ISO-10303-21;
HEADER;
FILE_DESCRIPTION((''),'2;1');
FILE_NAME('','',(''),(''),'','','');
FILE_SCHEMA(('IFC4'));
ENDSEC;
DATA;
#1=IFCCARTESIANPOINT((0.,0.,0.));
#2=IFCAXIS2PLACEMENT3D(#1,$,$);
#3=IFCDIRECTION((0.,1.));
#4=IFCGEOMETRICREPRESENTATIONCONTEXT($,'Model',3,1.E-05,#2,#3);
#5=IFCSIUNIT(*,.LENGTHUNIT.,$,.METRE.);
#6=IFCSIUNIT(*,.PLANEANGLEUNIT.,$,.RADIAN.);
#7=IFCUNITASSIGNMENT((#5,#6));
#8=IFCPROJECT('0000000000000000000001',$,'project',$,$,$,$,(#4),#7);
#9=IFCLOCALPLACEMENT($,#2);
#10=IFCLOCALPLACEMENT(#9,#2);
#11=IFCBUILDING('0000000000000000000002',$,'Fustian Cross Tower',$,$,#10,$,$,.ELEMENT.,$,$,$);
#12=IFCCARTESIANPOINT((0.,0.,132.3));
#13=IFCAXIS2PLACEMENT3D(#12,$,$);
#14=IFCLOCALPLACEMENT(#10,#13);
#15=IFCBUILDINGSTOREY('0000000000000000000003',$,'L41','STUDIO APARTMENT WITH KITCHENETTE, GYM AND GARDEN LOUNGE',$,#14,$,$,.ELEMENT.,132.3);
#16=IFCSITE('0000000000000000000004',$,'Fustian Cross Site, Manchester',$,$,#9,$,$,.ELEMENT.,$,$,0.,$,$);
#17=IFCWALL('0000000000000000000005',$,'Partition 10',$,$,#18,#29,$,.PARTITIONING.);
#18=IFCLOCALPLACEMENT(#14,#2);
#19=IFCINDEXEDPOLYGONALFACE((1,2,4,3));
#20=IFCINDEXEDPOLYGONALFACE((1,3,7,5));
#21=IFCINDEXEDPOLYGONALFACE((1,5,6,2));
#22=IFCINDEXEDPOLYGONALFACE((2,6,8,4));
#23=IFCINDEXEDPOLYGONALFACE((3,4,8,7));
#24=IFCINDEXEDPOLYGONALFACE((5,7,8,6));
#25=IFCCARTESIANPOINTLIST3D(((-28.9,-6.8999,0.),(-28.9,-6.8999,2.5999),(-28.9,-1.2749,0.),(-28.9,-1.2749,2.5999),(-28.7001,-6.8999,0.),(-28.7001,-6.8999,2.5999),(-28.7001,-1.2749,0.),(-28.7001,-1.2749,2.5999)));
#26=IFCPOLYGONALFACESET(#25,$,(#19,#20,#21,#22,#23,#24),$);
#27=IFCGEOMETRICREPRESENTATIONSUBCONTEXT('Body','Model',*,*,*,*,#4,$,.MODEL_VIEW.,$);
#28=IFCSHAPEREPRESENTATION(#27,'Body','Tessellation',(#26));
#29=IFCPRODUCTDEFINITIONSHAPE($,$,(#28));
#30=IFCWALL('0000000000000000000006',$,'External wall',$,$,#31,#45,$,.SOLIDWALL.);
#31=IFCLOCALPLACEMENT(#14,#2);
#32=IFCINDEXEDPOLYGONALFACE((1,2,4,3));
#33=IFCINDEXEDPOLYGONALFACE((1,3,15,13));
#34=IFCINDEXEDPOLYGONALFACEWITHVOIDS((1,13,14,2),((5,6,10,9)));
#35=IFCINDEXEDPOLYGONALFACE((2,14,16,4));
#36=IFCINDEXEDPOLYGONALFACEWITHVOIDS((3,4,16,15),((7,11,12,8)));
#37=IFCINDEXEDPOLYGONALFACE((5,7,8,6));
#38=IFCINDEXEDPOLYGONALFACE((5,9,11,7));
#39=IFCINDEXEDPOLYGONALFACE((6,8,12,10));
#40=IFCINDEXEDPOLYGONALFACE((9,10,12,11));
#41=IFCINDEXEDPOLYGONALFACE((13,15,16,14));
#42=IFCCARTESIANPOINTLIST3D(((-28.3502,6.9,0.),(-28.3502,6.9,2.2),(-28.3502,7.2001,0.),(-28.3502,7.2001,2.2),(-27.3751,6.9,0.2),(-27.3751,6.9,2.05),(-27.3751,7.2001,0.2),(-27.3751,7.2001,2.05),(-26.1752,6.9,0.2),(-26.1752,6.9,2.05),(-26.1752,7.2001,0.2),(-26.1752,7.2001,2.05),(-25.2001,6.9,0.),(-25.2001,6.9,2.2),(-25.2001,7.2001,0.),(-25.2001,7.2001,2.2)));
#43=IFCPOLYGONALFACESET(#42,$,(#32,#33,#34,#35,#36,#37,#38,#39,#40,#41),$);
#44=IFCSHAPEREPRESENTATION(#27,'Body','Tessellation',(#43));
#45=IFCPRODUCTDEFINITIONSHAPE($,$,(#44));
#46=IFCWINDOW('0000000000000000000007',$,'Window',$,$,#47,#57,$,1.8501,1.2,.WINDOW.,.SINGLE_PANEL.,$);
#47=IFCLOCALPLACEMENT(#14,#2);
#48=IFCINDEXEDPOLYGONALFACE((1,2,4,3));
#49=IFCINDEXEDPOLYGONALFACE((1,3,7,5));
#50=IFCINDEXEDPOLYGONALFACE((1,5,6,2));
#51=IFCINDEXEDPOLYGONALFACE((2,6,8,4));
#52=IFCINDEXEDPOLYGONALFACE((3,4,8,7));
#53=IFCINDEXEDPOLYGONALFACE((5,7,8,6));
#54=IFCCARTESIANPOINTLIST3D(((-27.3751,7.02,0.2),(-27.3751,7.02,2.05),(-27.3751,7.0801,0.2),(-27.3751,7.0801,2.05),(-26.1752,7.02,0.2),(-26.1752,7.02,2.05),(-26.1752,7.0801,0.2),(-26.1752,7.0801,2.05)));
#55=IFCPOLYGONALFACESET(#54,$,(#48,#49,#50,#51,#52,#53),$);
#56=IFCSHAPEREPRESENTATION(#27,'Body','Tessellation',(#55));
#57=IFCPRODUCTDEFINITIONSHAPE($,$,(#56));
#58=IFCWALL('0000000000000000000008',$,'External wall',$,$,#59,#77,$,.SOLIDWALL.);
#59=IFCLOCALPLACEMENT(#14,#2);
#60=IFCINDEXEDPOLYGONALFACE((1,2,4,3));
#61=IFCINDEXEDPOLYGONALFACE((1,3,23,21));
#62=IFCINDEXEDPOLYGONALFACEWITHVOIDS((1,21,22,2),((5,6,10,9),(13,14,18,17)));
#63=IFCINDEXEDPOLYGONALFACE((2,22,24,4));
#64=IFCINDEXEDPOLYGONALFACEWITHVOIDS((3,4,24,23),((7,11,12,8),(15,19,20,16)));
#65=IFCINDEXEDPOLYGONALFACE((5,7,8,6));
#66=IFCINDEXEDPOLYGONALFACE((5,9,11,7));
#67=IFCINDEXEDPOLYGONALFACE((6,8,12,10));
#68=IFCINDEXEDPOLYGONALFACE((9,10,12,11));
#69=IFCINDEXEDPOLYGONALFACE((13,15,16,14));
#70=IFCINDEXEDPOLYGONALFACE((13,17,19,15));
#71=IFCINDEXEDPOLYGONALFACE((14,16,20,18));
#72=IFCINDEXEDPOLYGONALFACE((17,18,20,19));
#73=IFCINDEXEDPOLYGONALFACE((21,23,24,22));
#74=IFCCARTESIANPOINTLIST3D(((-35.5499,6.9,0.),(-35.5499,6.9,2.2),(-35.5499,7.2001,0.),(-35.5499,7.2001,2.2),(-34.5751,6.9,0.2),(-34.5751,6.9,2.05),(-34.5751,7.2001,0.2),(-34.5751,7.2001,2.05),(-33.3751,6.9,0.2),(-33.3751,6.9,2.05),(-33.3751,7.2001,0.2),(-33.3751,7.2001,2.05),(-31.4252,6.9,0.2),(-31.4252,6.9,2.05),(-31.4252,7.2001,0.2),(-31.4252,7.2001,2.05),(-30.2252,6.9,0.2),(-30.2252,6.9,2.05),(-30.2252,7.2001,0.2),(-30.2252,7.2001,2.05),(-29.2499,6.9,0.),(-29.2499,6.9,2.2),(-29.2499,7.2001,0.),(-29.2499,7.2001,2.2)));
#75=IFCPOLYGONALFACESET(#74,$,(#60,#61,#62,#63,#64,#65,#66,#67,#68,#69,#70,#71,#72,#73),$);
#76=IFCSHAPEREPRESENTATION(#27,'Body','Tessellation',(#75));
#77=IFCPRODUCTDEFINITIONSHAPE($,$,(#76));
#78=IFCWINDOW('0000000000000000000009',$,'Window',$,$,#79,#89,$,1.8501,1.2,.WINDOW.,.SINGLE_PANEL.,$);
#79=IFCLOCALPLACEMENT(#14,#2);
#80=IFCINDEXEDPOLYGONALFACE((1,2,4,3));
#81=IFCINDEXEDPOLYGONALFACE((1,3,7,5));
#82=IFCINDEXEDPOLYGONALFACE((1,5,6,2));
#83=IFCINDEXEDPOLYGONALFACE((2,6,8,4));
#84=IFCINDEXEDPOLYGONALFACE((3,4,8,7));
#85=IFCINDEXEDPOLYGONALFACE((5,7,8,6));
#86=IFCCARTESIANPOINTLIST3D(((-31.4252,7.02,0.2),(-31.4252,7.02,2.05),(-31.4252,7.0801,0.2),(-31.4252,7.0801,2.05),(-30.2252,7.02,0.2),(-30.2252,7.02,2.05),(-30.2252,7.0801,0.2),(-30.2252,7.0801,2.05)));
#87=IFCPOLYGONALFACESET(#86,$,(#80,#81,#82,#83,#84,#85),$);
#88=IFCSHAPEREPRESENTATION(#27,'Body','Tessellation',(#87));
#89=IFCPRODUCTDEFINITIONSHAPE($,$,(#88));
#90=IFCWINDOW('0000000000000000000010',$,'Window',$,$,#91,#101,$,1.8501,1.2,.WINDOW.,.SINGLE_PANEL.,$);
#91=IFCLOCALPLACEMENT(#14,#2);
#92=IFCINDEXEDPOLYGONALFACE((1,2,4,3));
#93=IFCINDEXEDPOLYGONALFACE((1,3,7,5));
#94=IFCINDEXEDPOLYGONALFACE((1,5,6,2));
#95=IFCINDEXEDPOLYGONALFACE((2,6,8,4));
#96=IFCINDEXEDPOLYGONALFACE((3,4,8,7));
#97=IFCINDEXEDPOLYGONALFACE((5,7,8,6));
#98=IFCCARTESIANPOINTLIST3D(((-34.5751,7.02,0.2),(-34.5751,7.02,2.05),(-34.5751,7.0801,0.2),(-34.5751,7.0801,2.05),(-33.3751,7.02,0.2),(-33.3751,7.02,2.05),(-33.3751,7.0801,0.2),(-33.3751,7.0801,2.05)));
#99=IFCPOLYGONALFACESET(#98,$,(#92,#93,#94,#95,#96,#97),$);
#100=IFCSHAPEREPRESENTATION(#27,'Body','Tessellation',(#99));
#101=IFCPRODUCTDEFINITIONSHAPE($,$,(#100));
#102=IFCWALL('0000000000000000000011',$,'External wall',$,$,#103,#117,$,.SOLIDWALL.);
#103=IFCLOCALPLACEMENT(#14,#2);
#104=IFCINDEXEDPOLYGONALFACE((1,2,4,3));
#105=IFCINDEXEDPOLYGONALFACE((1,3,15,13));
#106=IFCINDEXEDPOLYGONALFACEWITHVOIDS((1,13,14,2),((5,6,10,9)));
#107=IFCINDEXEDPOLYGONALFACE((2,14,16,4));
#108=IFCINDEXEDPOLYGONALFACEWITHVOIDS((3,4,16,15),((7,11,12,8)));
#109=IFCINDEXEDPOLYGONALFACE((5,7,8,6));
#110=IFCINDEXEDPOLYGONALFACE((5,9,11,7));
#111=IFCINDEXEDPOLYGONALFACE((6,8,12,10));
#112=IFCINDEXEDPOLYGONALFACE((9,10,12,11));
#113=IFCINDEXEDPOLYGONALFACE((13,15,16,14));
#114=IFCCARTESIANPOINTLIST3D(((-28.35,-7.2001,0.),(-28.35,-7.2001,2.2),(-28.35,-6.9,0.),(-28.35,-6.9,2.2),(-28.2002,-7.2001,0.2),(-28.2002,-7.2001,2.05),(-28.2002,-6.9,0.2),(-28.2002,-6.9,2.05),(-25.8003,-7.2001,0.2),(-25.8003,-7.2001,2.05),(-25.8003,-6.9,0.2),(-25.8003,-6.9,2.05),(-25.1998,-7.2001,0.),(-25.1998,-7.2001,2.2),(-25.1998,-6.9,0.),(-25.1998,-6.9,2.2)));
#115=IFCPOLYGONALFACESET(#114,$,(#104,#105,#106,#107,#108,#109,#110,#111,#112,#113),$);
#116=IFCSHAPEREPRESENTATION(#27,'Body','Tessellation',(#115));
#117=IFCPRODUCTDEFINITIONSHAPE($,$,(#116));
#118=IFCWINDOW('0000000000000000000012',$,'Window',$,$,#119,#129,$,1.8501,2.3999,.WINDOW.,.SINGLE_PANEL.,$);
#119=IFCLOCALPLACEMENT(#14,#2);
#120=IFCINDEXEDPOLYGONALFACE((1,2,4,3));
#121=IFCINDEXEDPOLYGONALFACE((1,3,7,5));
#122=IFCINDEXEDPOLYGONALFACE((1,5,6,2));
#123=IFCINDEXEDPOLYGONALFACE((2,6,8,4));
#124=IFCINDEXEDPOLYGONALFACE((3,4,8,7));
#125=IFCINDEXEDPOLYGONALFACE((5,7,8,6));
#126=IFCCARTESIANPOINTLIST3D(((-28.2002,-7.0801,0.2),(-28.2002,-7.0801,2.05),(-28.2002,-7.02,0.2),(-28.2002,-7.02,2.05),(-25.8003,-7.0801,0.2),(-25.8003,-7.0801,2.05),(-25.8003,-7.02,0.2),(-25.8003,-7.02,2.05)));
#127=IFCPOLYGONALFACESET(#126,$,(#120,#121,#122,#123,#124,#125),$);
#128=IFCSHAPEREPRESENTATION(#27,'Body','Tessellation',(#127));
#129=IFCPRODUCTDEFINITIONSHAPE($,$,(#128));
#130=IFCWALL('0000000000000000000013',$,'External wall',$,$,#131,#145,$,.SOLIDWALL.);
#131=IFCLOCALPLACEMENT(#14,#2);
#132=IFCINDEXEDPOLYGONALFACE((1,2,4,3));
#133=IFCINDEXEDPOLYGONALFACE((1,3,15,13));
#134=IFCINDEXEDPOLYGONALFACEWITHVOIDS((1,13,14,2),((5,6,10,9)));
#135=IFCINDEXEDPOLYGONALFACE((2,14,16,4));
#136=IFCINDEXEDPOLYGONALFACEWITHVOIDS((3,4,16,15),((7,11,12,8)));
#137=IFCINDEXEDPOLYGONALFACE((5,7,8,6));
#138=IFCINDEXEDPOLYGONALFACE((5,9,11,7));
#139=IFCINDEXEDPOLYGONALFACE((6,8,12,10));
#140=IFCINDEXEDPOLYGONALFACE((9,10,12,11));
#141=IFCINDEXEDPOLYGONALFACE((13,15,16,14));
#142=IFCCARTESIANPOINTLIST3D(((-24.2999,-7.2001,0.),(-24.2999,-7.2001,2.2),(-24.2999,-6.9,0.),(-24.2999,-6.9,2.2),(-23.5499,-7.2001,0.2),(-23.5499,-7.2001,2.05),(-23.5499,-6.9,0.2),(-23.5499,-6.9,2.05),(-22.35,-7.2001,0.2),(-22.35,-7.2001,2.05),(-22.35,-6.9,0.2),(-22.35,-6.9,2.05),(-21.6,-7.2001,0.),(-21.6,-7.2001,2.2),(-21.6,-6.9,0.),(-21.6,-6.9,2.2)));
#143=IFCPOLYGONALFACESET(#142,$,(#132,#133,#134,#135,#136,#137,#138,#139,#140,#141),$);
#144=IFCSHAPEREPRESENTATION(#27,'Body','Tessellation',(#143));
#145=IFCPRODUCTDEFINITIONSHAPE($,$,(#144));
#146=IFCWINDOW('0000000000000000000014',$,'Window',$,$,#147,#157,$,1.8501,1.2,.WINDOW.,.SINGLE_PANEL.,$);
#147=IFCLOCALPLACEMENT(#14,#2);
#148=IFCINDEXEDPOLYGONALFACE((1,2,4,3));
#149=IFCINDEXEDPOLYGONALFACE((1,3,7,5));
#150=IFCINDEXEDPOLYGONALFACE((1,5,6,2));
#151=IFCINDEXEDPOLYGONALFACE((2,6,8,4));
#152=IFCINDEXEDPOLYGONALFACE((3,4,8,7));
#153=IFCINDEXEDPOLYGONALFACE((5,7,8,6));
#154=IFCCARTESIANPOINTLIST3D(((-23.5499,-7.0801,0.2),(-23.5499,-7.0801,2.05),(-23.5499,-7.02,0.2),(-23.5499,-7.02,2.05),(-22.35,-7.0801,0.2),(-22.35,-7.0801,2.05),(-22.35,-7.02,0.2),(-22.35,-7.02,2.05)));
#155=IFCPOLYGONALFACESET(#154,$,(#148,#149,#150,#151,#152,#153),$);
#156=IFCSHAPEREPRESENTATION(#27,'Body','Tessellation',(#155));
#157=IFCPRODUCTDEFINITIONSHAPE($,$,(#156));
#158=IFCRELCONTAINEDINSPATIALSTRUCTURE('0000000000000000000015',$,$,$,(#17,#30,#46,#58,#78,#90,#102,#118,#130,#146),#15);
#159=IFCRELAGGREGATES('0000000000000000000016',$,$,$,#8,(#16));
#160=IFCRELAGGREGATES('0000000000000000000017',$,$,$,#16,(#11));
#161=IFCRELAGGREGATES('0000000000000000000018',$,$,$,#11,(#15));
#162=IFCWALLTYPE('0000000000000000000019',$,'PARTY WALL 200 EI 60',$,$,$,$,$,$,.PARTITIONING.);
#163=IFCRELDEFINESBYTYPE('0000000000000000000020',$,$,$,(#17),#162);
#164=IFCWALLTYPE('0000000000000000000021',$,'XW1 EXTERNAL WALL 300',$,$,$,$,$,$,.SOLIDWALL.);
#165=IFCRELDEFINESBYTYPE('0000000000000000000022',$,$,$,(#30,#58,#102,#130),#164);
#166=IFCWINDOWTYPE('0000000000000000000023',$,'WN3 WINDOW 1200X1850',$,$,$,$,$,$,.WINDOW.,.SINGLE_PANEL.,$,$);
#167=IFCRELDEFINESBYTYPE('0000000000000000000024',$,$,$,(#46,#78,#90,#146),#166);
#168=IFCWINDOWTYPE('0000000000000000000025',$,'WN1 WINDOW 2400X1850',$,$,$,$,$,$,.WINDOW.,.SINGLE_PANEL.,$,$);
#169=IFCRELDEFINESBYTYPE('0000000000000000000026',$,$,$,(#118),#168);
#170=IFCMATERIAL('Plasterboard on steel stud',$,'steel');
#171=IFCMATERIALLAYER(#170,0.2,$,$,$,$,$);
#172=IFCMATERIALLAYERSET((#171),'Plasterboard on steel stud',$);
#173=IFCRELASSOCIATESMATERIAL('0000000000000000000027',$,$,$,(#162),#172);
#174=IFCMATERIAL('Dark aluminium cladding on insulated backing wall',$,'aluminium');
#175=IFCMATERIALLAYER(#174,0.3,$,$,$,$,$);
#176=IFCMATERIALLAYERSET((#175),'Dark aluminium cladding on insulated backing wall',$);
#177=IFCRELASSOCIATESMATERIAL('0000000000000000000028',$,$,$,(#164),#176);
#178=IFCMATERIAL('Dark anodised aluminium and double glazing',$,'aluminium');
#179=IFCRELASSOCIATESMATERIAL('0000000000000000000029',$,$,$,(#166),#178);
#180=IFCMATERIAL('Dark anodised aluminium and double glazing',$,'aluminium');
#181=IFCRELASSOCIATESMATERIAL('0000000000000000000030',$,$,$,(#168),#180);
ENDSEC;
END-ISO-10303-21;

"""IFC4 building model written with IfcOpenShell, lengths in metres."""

from ifc_helpers import new_model, si_unit, direction, frame, frame_2d, origin, place, context, subcontext, project, spatial, rectangle, extrude, material, layer, layer_set, type_object, element, fill, save


model = new_model("IFC4")

# Units and contexts
model_context = context("Model", 3, precision=1e-05, world=origin(), true_north=direction((0.0, 1.0)))
body_context = subcontext(model_context, "Body", "Model", "MODEL_VIEW")
ifc_project = project(units=[si_unit("LENGTHUNIT", "METRE"), si_unit("PLANEANGLEUNIT", "RADIAN")], contexts=[model_context])

# Site, building, storey
site_placement = place(None, origin())
site = spatial("IfcSite", under=ifc_project, at=site_placement, Name="Fustian Cross Site, Manchester", CompositionType="ELEMENT", RefElevation=0.0)
building_placement = place(site_placement, origin())
building = spatial("IfcBuilding", under=site, at=building_placement, Name="Fustian Cross Tower", CompositionType="ELEMENT")
storey_placement = place(building_placement, frame((0.0, 0.0, 132.3)))
storey = spatial("IfcBuildingStorey", under=building, at=storey_placement, Name="L41", Description="STUDIO APARTMENT WITH KITCHENETTE, GYM AND GARDEN LOUNGE", CompositionType="ELEMENT", Elevation=132.3)

# Wall
ifc_material_1 = material(Name="Plasterboard on steel stud", Category="steel")
ifc_layer_1 = layer(ifc_material_1, 0.2)
ifc_layer_set_1 = layer_set([ifc_layer_1], Name="Plasterboard on steel stud")
wall_type_1 = type_object("IfcWallType", Name="PARTY WALL 200 EI 60", PredefinedType="PARTITIONING", material=ifc_layer_set_1)
wall_1_placement = place(storey_placement, frame((-28.8, -6.8999, 0.0), z_axis=(0.0, 0.0, 1.0), x_axis=(0.0, 1.0, 0.0)))
element("IfcWall", 1, at=wall_1_placement, inside=storey, type_object=wall_type_1, Name="Partition 10", PredefinedType="PARTITIONING", context=body_context, shape_type="SweptSolid", body=[
    extrude(rectangle(XDim=5.625, YDim=0.2, at=frame_2d((2.8125, 0.0))), origin(), (0.0, 0.0, 1.0), 2.5999),
])

# Wall, opening, window
ifc_material_2 = material(Name="Dark aluminium cladding on insulated backing wall", Category="aluminium")
ifc_layer_2 = layer(ifc_material_2, 0.3)
ifc_layer_set_2 = layer_set([ifc_layer_2], Name="Dark aluminium cladding on insulated backing wall")
wall_type_2 = type_object("IfcWallType", Name="XW1 EXTERNAL WALL 300", PredefinedType="SOLIDWALL", material=ifc_layer_set_2)
wall_2_placement = place(storey_placement, frame((-25.2, 7.05, 0.0), z_axis=(0.0, 0.0, 1.0), x_axis=(-1.0, 0.0, 0.0)))
wall_2 = element("IfcWall", 2, at=wall_2_placement, inside=storey, type_object=wall_type_2, Name="External wall", PredefinedType="SOLIDWALL", context=body_context, shape_type="SweptSolid", body=[
    extrude(rectangle(XDim=3.1501, YDim=0.3, at=frame_2d((1.5752, 0.0))), origin(), (0.0, 0.0, 1.0), 2.2),
])
opening_1_placement = place(wall_2_placement, frame((0.9751, 0.0, 0.2)))
opening_1 = element("IfcOpeningElement", 3, at=opening_1_placement, cuts=wall_2, PredefinedType="OPENING", context=body_context, shape_type="SweptSolid", body=[
    extrude(rectangle(XDim=1.2, YDim=1.8501, at=frame_2d((0.6001, 0.925))), frame((0.0, 0.1599, 0.0), z_axis=(0.0, -1.0, 0.0), x_axis=(1.0, 0.0, 0.0)), (0.0, 0.0, 1.0), 0.3201),
])
ifc_material_3 = material(Name="Dark anodised aluminium and double glazing", Category="aluminium")
window_type_1 = type_object("IfcWindowType", Name="WN3 WINDOW 1200X1850", PartitioningType="SINGLE_PANEL", PredefinedType="WINDOW", material=ifc_material_3)
window_1_placement = place(opening_1_placement, origin())
window_1 = element("IfcWindow", 4, at=window_1_placement, inside=storey, type_object=window_type_1, Name="Window", OverallHeight=1.8501, OverallWidth=1.2, PartitioningType="SINGLE_PANEL", PredefinedType="WINDOW", context=body_context, shape_type="SweptSolid", body=[
    extrude(rectangle(XDim=1.2, YDim=1.8501, at=frame_2d((0.6001, 0.925))), frame((0.0, 0.03, 0.0), z_axis=(0.0, -1.0, 0.0), x_axis=(1.0, 0.0, 0.0)), (0.0, 0.0, 1.0), 0.0601),
])
fill(opening_1, window_1)

# Wall, openings, windows
wall_3_placement = place(storey_placement, frame((-29.25, 7.05, 0.0), z_axis=(0.0, 0.0, 1.0), x_axis=(-1.0, 0.0, 0.0)))
wall_3 = element("IfcWall", 5, at=wall_3_placement, inside=storey, type_object=wall_type_2, Name="External wall", PredefinedType="SOLIDWALL", context=body_context, shape_type="SweptSolid", body=[
    extrude(rectangle(XDim=6.3, YDim=0.3, at=frame_2d((3.1499, 0.0))), origin(), (0.0, 0.0, 1.0), 2.2),
])
opening_2_placement = place(wall_3_placement, frame((0.9751, 0.0, 0.2)))
opening_2 = element("IfcOpeningElement", 6, at=opening_2_placement, cuts=wall_3, PredefinedType="OPENING", context=body_context, shape_type="SweptSolid", body=[
    extrude(rectangle(XDim=1.2, YDim=1.8501, at=frame_2d((0.6001, 0.925))), frame((0.0, 0.1599, 0.0), z_axis=(0.0, -1.0, 0.0), x_axis=(1.0, 0.0, 0.0)), (0.0, 0.0, 1.0), 0.3201),
])
opening_3_placement = place(wall_3_placement, frame((4.125, 0.0, 0.2)))
opening_3 = element("IfcOpeningElement", 7, at=opening_3_placement, cuts=wall_3, PredefinedType="OPENING", context=body_context, shape_type="SweptSolid", body=[
    extrude(rectangle(XDim=1.2, YDim=1.8501, at=frame_2d((0.6001, 0.925))), frame((0.0, 0.1599, 0.0), z_axis=(0.0, -1.0, 0.0), x_axis=(1.0, 0.0, 0.0)), (0.0, 0.0, 1.0), 0.3201),
])
window_2_placement = place(opening_2_placement, origin())
window_2 = element("IfcWindow", 8, at=window_2_placement, inside=storey, type_object=window_type_1, Name="Window", OverallHeight=1.8501, OverallWidth=1.2, PartitioningType="SINGLE_PANEL", PredefinedType="WINDOW", context=body_context, shape_type="SweptSolid", body=[
    extrude(rectangle(XDim=1.2, YDim=1.8501, at=frame_2d((0.6001, 0.925))), frame((0.0, 0.03, 0.0), z_axis=(0.0, -1.0, 0.0), x_axis=(1.0, 0.0, 0.0)), (0.0, 0.0, 1.0), 0.0601),
])
fill(opening_2, window_2)
window_3_placement = place(opening_3_placement, origin())
window_3 = element("IfcWindow", 9, at=window_3_placement, inside=storey, type_object=window_type_1, Name="Window", OverallHeight=1.8501, OverallWidth=1.2, PartitioningType="SINGLE_PANEL", PredefinedType="WINDOW", context=body_context, shape_type="SweptSolid", body=[
    extrude(rectangle(XDim=1.2, YDim=1.8501, at=frame_2d((0.6001, 0.925))), frame((0.0, 0.03, 0.0), z_axis=(0.0, -1.0, 0.0), x_axis=(1.0, 0.0, 0.0)), (0.0, 0.0, 1.0), 0.0601),
])
fill(opening_3, window_3)

# Walls, openings, windows
wall_4_placement = place(storey_placement, frame((-28.3501, -7.05, 0.0), z_axis=(0.0, 0.0, 1.0), x_axis=(1.0, 0.0, 0.0)))
wall_4 = element("IfcWall", 10, at=wall_4_placement, inside=storey, type_object=wall_type_2, Name="External wall", PredefinedType="SOLIDWALL", context=body_context, shape_type="SweptSolid", body=[
    extrude(rectangle(XDim=3.1501, YDim=0.3, at=frame_2d((1.5752, 0.0))), origin(), (0.0, 0.0, 1.0), 2.2),
])
opening_4_placement = place(wall_4_placement, frame((0.1499, 0.0, 0.2)))
opening_4 = element("IfcOpeningElement", 11, at=opening_4_placement, cuts=wall_4, PredefinedType="OPENING", context=body_context, shape_type="SweptSolid", body=[
    extrude(rectangle(XDim=2.3999, YDim=1.8501, at=frame_2d((1.2, 0.925))), frame((0.0, 0.1599, 0.0), z_axis=(0.0, -1.0, 0.0), x_axis=(1.0, 0.0, 0.0)), (0.0, 0.0, 1.0), 0.3201),
])
ifc_material_4 = material(Name="Dark anodised aluminium and double glazing", Category="aluminium")
window_type_2 = type_object("IfcWindowType", Name="WN1 WINDOW 2400X1850", PartitioningType="SINGLE_PANEL", PredefinedType="WINDOW", material=ifc_material_4)
window_4_placement = place(opening_4_placement, origin())
window_4 = element("IfcWindow", 12, at=window_4_placement, inside=storey, type_object=window_type_2, Name="Window", OverallHeight=1.8501, OverallWidth=2.3999, PartitioningType="SINGLE_PANEL", PredefinedType="WINDOW", context=body_context, shape_type="SweptSolid", body=[
    extrude(rectangle(XDim=2.3999, YDim=1.8501, at=frame_2d((1.2, 0.925))), frame((0.0, 0.03, 0.0), z_axis=(0.0, -1.0, 0.0), x_axis=(1.0, 0.0, 0.0)), (0.0, 0.0, 1.0), 0.0601),
])
fill(opening_4, window_4)
wall_5_placement = place(storey_placement, frame((-24.3, -7.05, 0.0), z_axis=(0.0, 0.0, 1.0), x_axis=(1.0, 0.0, 0.0)))
wall_5 = element("IfcWall", 13, at=wall_5_placement, inside=storey, type_object=wall_type_2, Name="External wall", PredefinedType="SOLIDWALL", context=body_context, shape_type="SweptSolid", body=[
    extrude(rectangle(XDim=2.7, YDim=0.3, at=frame_2d((1.3501, 0.0))), origin(), (0.0, 0.0, 1.0), 2.2),
])
opening_5_placement = place(wall_5_placement, frame((0.75, 0.0, 0.2)))
opening_5 = element("IfcOpeningElement", 14, at=opening_5_placement, cuts=wall_5, PredefinedType="OPENING", context=body_context, shape_type="SweptSolid", body=[
    extrude(rectangle(XDim=1.2, YDim=1.8501, at=frame_2d((0.6001, 0.925))), frame((0.0, 0.1599, 0.0), z_axis=(0.0, -1.0, 0.0), x_axis=(1.0, 0.0, 0.0)), (0.0, 0.0, 1.0), 0.3201),
])
window_5_placement = place(opening_5_placement, origin())
window_5 = element("IfcWindow", 15, at=window_5_placement, inside=storey, type_object=window_type_1, Name="Window", OverallHeight=1.8501, OverallWidth=1.2, PartitioningType="SINGLE_PANEL", PredefinedType="WINDOW", context=body_context, shape_type="SweptSolid", body=[
    extrude(rectangle(XDim=1.2, YDim=1.8501, at=frame_2d((0.6001, 0.925))), frame((0.0, 0.03, 0.0), z_axis=(0.0, -1.0, 0.0), x_axis=(1.0, 0.0, 0.0)), (0.0, 0.0, 1.0), 0.0601),
])
fill(opening_5, window_5)

save(model, "model.ifc")
